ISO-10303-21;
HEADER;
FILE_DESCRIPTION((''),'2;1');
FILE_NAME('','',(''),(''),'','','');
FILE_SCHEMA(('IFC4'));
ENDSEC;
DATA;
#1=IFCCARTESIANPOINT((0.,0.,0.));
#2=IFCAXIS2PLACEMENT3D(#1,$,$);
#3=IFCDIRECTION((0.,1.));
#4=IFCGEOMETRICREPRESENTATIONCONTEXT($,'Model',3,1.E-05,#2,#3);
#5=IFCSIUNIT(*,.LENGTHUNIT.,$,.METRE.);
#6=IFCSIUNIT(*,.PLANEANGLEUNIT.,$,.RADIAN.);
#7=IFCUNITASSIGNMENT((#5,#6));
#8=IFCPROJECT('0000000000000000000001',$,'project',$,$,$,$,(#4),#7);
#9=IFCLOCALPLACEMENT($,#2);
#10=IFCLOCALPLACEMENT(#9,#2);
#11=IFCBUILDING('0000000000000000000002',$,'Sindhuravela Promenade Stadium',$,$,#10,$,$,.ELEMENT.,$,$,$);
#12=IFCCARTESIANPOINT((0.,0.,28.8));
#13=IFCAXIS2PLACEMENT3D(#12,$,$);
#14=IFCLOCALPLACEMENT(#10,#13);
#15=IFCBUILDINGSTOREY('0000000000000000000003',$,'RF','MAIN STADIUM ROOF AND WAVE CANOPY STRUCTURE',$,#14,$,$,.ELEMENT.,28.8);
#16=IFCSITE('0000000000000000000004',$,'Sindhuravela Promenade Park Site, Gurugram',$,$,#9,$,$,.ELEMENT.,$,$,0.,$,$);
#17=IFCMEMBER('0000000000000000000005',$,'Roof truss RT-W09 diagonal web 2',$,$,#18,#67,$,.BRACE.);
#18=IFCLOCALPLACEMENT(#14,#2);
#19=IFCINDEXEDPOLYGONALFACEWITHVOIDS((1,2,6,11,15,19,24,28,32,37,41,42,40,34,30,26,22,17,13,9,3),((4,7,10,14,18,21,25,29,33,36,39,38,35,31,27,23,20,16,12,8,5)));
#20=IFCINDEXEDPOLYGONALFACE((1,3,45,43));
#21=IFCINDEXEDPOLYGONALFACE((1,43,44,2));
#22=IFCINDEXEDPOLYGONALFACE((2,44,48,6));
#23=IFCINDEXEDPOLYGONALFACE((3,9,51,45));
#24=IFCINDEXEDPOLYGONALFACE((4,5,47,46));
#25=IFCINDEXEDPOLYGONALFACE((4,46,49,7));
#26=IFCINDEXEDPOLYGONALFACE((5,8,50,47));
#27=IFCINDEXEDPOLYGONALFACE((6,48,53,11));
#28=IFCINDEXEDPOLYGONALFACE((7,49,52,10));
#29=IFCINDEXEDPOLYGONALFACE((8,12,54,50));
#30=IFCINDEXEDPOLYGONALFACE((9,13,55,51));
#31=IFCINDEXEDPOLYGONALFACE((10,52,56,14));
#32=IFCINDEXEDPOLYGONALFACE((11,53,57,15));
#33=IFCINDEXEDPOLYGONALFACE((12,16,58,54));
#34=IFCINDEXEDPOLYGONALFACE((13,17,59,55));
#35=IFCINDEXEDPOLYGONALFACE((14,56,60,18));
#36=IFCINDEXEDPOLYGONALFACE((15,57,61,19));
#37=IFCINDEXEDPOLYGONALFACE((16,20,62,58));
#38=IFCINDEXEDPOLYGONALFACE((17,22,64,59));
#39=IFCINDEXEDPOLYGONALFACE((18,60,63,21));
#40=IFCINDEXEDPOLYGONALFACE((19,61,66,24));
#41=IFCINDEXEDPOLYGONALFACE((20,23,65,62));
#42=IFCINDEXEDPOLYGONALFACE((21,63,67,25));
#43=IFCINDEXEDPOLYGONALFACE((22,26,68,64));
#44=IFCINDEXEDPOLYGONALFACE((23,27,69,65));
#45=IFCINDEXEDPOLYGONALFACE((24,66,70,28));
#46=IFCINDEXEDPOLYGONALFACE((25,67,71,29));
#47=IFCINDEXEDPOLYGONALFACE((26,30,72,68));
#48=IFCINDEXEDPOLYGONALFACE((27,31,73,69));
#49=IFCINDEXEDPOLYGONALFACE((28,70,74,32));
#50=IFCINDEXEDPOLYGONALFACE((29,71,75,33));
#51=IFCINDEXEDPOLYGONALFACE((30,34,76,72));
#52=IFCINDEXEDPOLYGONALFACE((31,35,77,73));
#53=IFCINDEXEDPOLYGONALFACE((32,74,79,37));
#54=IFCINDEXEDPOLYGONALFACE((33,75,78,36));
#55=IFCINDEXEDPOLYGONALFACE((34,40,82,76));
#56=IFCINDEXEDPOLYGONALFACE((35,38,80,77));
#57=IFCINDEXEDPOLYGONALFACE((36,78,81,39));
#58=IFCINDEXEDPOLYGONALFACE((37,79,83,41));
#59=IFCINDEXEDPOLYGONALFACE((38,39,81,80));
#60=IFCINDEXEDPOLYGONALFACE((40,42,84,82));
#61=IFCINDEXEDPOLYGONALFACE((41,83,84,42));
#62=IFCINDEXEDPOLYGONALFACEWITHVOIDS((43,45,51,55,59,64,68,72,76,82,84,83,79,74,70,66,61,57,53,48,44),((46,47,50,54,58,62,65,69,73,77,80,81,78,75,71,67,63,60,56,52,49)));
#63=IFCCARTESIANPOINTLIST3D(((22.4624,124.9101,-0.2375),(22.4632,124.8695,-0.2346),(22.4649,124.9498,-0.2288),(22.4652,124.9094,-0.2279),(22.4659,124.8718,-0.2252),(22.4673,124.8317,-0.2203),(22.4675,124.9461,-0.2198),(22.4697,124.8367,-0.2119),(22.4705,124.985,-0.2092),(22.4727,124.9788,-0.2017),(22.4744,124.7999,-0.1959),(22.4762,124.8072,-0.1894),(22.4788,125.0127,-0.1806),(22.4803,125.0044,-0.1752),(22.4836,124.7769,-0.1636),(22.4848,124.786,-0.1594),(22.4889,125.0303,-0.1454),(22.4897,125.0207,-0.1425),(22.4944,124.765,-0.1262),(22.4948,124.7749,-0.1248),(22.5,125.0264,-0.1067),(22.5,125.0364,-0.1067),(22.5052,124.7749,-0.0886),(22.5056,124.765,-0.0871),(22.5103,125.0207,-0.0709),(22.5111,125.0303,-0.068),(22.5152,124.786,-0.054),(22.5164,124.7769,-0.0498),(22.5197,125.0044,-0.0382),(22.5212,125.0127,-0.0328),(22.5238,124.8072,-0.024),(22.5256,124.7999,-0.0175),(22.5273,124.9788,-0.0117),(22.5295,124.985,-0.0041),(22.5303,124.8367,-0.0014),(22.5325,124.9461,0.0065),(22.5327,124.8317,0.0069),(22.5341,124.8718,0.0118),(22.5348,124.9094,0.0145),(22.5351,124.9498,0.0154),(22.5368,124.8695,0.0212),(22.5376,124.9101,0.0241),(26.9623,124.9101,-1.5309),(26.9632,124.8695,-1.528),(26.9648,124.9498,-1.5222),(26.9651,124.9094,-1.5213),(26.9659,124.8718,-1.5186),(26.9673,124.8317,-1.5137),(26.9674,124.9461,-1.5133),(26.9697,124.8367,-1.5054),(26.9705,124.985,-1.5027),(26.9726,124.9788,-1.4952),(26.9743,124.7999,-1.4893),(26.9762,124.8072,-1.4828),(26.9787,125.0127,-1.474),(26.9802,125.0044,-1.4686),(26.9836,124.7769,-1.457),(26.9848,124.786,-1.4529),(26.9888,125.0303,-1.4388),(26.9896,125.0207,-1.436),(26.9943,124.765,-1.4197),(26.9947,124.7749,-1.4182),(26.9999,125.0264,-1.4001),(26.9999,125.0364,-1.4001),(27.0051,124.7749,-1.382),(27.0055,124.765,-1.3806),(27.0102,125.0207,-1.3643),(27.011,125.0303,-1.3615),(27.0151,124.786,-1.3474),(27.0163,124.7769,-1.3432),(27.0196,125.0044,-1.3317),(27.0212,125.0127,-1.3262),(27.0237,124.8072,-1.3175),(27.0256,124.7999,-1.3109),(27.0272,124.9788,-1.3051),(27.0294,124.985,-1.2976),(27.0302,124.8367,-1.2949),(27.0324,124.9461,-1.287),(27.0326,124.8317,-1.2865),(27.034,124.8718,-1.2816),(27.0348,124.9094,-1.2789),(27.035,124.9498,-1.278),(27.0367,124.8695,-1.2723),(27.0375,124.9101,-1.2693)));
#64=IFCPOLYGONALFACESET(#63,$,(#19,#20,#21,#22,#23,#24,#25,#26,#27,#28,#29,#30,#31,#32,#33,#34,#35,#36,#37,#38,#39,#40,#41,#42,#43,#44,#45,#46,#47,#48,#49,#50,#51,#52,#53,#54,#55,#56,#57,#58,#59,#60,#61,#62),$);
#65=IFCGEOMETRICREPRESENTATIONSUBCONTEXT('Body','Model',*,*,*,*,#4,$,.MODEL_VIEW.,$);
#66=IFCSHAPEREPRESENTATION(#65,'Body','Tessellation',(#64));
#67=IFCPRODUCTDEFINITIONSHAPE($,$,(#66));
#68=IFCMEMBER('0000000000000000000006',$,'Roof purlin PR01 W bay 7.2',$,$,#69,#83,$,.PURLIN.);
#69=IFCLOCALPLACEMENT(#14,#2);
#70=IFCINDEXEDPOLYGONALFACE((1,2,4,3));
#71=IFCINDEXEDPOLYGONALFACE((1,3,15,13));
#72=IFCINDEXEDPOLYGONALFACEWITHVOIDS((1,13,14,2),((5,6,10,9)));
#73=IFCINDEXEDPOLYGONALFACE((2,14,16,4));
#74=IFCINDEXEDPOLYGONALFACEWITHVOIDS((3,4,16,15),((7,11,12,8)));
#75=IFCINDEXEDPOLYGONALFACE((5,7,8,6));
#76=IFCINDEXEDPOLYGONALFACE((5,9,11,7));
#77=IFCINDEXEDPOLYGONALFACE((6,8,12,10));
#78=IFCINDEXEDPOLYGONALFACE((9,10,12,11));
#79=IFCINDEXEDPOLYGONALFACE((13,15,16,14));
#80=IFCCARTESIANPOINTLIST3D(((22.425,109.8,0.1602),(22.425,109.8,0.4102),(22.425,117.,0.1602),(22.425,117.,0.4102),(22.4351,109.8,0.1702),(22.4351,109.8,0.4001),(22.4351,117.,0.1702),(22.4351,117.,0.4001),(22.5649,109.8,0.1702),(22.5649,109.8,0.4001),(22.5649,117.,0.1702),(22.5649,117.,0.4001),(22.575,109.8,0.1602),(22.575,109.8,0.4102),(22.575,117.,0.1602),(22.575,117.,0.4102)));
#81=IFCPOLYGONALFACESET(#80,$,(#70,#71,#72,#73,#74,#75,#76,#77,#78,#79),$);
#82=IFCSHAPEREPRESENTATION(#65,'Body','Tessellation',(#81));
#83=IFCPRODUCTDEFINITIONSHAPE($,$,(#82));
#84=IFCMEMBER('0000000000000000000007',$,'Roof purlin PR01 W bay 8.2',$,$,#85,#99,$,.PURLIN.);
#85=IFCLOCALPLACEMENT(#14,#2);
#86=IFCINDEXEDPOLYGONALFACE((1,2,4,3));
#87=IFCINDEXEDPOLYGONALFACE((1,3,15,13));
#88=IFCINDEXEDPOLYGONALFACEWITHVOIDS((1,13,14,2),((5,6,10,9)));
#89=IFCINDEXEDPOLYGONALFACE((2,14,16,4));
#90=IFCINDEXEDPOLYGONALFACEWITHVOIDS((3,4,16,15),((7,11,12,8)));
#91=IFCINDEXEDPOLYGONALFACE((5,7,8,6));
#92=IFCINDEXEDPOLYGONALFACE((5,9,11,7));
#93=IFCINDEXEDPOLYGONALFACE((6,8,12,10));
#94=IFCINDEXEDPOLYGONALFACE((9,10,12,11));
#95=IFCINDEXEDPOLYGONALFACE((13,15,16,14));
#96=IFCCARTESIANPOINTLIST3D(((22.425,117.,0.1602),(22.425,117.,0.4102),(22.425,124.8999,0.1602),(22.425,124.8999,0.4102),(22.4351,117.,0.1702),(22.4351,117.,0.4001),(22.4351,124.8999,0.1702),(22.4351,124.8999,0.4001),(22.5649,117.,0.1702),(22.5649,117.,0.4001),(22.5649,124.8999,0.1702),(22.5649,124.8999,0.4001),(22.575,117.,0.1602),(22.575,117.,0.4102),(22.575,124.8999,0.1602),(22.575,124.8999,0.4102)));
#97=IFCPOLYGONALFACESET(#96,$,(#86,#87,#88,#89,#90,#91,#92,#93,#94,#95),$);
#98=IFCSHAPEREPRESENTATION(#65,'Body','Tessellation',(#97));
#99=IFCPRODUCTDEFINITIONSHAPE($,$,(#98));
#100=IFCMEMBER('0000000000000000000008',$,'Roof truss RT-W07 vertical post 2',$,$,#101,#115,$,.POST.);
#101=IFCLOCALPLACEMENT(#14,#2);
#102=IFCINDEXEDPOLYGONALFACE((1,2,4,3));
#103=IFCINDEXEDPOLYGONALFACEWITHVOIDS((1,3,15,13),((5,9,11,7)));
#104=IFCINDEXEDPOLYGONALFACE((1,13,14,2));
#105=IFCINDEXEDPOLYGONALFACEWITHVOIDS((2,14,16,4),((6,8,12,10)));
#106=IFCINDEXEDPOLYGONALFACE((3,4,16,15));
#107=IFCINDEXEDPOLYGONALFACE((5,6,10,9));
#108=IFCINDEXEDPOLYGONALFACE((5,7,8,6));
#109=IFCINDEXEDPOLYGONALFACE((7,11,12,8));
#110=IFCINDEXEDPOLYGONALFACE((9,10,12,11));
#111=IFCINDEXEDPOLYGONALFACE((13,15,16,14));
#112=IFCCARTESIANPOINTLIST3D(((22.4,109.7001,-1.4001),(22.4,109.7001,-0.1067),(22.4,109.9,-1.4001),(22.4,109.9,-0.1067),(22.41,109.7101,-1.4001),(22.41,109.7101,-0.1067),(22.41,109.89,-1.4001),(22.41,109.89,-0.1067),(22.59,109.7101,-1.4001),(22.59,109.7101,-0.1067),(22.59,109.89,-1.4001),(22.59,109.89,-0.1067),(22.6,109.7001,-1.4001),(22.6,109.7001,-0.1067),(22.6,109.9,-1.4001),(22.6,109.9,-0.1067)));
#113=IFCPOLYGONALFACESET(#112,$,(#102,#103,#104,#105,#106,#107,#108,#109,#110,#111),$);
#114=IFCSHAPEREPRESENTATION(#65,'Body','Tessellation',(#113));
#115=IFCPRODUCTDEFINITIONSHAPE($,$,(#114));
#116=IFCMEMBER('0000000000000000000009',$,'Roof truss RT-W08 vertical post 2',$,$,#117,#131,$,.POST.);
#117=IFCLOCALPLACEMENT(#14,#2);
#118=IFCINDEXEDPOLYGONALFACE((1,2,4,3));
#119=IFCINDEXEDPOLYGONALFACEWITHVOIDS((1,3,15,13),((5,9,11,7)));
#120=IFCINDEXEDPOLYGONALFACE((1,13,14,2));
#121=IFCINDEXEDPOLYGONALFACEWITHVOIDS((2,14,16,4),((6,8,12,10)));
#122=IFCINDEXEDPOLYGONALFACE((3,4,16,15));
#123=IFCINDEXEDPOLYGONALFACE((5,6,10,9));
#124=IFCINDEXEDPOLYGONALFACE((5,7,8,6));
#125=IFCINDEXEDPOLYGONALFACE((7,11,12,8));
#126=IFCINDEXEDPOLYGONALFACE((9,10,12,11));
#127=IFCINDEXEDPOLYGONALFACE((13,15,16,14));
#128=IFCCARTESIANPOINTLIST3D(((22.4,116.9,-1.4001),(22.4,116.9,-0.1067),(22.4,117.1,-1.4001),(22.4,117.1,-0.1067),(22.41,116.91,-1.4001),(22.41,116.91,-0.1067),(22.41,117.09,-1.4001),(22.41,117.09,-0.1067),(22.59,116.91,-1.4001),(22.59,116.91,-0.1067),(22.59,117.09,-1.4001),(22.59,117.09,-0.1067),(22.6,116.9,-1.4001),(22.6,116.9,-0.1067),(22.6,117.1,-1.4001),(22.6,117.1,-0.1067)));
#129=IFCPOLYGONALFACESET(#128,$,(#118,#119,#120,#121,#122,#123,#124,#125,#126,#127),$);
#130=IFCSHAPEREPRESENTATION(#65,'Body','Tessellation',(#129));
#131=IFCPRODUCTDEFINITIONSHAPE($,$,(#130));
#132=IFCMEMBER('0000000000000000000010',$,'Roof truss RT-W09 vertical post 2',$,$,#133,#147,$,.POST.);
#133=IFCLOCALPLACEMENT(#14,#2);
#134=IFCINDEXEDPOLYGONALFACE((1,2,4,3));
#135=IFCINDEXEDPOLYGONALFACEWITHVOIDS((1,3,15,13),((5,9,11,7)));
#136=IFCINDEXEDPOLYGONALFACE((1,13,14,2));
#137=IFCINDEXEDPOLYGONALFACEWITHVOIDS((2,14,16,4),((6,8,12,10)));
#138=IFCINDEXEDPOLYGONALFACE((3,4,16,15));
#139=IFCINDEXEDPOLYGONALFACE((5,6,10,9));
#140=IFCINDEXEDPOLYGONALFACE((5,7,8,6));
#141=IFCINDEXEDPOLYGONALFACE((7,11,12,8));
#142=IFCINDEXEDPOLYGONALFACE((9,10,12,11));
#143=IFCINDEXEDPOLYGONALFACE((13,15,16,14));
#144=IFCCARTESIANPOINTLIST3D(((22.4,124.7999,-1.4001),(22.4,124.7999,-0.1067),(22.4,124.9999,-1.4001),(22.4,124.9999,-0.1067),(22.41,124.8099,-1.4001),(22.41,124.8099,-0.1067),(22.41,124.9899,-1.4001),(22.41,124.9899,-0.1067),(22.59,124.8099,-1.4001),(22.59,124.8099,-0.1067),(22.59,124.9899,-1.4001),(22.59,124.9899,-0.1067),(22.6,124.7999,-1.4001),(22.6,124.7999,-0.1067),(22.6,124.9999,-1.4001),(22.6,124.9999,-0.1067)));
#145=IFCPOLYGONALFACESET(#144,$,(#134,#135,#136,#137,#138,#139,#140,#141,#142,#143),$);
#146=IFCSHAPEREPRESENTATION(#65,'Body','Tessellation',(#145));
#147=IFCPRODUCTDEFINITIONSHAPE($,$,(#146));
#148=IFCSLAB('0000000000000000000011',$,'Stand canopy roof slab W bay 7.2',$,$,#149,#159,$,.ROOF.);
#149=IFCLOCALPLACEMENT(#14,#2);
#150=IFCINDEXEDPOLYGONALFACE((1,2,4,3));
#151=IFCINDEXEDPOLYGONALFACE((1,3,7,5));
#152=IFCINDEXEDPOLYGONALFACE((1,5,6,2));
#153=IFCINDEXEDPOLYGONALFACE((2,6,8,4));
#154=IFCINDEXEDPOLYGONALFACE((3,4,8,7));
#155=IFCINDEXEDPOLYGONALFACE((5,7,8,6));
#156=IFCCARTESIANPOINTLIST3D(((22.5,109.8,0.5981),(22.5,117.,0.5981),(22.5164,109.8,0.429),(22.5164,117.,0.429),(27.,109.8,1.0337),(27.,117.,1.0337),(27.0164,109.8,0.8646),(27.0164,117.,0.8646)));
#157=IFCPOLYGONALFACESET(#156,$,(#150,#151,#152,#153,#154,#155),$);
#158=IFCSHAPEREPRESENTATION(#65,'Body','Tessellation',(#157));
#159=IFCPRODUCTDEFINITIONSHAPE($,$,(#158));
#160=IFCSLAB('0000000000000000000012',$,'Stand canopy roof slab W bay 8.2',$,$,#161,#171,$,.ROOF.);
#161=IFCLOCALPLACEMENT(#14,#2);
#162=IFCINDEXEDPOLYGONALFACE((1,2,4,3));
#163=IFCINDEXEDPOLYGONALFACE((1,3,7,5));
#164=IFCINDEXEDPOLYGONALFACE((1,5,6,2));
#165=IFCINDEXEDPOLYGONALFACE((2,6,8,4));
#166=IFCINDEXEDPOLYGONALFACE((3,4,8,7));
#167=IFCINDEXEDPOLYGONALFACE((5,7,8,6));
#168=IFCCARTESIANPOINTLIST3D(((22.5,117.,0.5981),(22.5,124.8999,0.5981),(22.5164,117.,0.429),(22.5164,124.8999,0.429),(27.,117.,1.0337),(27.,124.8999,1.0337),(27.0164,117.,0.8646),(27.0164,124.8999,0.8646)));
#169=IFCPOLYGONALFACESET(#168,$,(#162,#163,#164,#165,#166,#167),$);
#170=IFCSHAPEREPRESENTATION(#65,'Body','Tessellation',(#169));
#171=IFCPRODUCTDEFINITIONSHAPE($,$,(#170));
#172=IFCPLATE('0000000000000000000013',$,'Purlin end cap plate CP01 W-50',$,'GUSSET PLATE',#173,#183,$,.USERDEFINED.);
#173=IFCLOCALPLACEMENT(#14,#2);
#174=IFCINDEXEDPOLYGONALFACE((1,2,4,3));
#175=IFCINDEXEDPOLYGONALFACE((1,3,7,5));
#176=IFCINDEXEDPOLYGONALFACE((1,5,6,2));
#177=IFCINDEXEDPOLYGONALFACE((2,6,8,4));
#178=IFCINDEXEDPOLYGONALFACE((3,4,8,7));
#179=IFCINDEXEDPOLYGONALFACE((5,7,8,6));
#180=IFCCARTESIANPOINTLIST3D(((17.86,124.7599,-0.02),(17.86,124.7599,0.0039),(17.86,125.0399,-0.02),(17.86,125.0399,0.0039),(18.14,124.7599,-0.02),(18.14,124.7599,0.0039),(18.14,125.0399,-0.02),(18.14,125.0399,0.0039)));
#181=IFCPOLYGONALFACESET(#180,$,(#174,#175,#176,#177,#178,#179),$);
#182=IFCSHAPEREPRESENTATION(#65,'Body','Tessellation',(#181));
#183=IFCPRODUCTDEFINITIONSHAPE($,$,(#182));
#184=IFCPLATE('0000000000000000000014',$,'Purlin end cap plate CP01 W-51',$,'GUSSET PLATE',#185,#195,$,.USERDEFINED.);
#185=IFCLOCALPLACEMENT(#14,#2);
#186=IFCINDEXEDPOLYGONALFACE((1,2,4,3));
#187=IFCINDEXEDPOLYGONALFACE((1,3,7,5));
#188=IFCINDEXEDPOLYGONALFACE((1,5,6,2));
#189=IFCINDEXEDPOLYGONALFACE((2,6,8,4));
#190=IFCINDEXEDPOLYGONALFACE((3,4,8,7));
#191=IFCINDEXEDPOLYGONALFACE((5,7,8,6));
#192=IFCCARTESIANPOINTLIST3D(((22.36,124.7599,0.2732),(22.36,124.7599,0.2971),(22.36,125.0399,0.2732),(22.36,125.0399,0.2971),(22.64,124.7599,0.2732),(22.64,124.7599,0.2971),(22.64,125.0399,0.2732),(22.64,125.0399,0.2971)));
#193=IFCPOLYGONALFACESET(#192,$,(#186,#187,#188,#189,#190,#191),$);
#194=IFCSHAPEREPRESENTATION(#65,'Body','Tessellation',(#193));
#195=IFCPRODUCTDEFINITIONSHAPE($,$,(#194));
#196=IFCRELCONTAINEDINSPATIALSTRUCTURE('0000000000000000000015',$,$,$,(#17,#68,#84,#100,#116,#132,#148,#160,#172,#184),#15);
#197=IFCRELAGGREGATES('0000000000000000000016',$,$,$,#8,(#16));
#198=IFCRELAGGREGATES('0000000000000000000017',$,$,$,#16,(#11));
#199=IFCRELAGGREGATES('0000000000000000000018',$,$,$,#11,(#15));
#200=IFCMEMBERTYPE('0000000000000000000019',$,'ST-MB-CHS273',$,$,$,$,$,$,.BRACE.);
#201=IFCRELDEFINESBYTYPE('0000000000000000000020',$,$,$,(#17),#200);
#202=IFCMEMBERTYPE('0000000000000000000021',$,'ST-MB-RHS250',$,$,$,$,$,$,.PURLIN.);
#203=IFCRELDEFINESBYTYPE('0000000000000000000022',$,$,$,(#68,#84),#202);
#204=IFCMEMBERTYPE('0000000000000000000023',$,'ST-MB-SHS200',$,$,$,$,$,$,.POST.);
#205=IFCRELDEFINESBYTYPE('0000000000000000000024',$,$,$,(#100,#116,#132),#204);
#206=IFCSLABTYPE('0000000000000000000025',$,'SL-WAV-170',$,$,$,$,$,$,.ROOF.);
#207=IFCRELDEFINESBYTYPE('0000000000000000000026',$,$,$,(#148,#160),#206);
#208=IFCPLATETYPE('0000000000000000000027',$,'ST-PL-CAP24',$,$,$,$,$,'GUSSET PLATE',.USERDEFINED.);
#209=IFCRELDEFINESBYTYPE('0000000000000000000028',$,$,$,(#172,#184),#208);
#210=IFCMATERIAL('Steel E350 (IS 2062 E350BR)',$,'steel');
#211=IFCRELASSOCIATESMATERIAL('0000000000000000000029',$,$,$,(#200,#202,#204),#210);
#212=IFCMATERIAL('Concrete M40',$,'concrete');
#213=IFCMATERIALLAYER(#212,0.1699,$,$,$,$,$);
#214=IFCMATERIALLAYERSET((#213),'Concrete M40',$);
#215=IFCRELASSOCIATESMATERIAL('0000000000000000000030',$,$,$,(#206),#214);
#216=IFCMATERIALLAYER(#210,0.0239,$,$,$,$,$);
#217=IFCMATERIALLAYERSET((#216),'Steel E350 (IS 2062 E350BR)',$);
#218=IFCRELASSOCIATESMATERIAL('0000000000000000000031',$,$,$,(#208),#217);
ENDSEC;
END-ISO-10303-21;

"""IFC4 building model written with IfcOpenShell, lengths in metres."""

from ifc_helpers import new_model, si_unit, direction, frame, origin, origin_2d, place, context, subcontext, project, spatial, polyline, rectangle, hollow_rectangle, hollow_circle, outline, extrude, material, layer, layer_set, material_profile, profile_set, type_object, element, save


model = new_model("IFC4")

# Units and contexts
model_context = context("Model", 3, precision=1e-05, world=origin(), true_north=direction((0.0, 1.0)))
body_context = subcontext(model_context, "Body", "Model", "MODEL_VIEW")
ifc_project = project(units=[si_unit("LENGTHUNIT", "METRE"), si_unit("PLANEANGLEUNIT", "RADIAN")], contexts=[model_context])

# Site, building, storey
site_placement = place(None, origin())
site = spatial("IfcSite", under=ifc_project, at=site_placement, Name="Sindhuravela Promenade Park Site, Gurugram", CompositionType="ELEMENT", RefElevation=0.0)
building_placement = place(site_placement, origin())
building = spatial("IfcBuilding", under=site, at=building_placement, Name="Sindhuravela Promenade Stadium", CompositionType="ELEMENT")
storey_placement = place(building_placement, frame((0.0, 0.0, 28.8)))
storey = spatial("IfcBuildingStorey", under=building, at=storey_placement, Name="RF", Description="MAIN STADIUM ROOF AND WAVE CANOPY STRUCTURE", CompositionType="ELEMENT", Elevation=28.8)

# Shared definitions
ifc_material_1 = material(Name="Steel E350 (IS 2062 E350BR)", Category="steel")

# Members
ifc_material_profile_1 = material_profile(ifc_material_1, hollow_circle(Radius=0.1365, WallThickness=0.01, at=origin_2d()), Name="CHS 273.0x10")
ifc_profile_set_1 = profile_set([ifc_material_profile_1], Name="Steel E350 (IS 2062 E350BR)")
member_type_1 = type_object("IfcMemberType", Name="ST-MB-CHS273", PredefinedType="BRACE", material=ifc_profile_set_1)
for number, where, z_axis, x_axis, name in (
    (1, (22.5, 124.8999, -0.1067), (0.961086, 0.0, -0.27625), (0.0, 1.0, 0.0), "Roof truss RT-W09 diagonal web 2"),
):
    element("IfcMember", number, at=place(storey_placement, frame(where, z_axis=z_axis, x_axis=x_axis)), inside=storey, type_object=member_type_1, Name=name, PredefinedType="BRACE", context=body_context, shape_type="SweptSolid", body=[
        extrude(hollow_circle(Radius=0.1365, WallThickness=0.01, at=origin_2d()), origin(), (0.0, 0.0, 1.0), 4.6821),
    ])
ifc_material_profile_2 = material_profile(ifc_material_1, hollow_rectangle(XDim=0.1499, YDim=0.25, WallThickness=0.01, at=origin_2d()), Name="RHS 250x150x10")
ifc_profile_set_2 = profile_set([ifc_material_profile_2], Name="Steel E350 (IS 2062 E350BR)")
member_type_2 = type_object("IfcMemberType", Name="ST-MB-RHS250", PredefinedType="PURLIN", material=ifc_profile_set_2)
member_1_placement = place(storey_placement, frame((22.5, 109.8, 0.2852), z_axis=(0.0, 1.0, 0.0), x_axis=(-1.0, 0.0, 0.0)))
element("IfcMember", 2, at=member_1_placement, inside=storey, type_object=member_type_2, Name="Roof purlin PR01 W bay 7.2", PredefinedType="PURLIN", context=body_context, shape_type="SweptSolid", body=[
    extrude(hollow_rectangle(XDim=0.1499, YDim=0.25, WallThickness=0.01, at=origin_2d()), origin(), (0.0, 0.0, 1.0), 7.2),
])
member_2_placement = place(storey_placement, frame((22.5, 117.0, 0.2852), z_axis=(0.0, 1.0, 0.0), x_axis=(-1.0, 0.0, 0.0)))
element("IfcMember", 3, at=member_2_placement, inside=storey, type_object=member_type_2, Name="Roof purlin PR01 W bay 8.2", PredefinedType="PURLIN", context=body_context, shape_type="SweptSolid", body=[
    extrude(hollow_rectangle(XDim=0.1499, YDim=0.25, WallThickness=0.01, at=origin_2d()), origin(), (0.0, 0.0, 1.0), 7.8999),
])
ifc_material_profile_3 = material_profile(ifc_material_1, hollow_rectangle(XDim=0.2, YDim=0.2, WallThickness=0.01, at=origin_2d()), Name="SHS 200x200x10")
ifc_profile_set_3 = profile_set([ifc_material_profile_3], Name="Steel E350 (IS 2062 E350BR)")
member_type_3 = type_object("IfcMemberType", Name="ST-MB-SHS200", PredefinedType="POST", material=ifc_profile_set_3)
for number, where, z_axis, x_axis, name in (
    (4, (22.5, 109.8, -1.4001), (0.0, 0.0, 1.0), (1.0, 0.0, 0.0), "Roof truss RT-W07 vertical post 2"),
    (5, (22.5, 117.0, -1.4001), (0.0, 0.0, 1.0), (1.0, 0.0, 0.0), "Roof truss RT-W08 vertical post 2"),
    (6, (22.5, 124.8999, -1.4001), (0.0, 0.0, 1.0), (1.0, 0.0, 0.0), "Roof truss RT-W09 vertical post 2"),
):
    element("IfcMember", number, at=place(storey_placement, frame(where, z_axis=z_axis, x_axis=x_axis)), inside=storey, type_object=member_type_3, Name=name, PredefinedType="POST", context=body_context, shape_type="SweptSolid", body=[
        extrude(hollow_rectangle(XDim=0.2, YDim=0.2, WallThickness=0.01, at=origin_2d()), origin(), (0.0, 0.0, 1.0), 1.2935),
    ])

# Slabs
ifc_material_2 = material(Name="Concrete M40", Category="concrete")
ifc_layer_1 = layer(ifc_material_2, 0.1699)
ifc_layer_set_1 = layer_set([ifc_layer_1], Name="Concrete M40")
slab_type = type_object("IfcSlabType", Name="SL-WAV-170", PredefinedType="ROOF", material=ifc_layer_set_1)
slab_1_placement = place(storey_placement, frame((22.5, 109.8, 0.5981), z_axis=(-0.096338, 0.0, 0.995349), x_axis=(0.0, 1.0, 0.0)))
element("IfcSlab", 7, at=slab_1_placement, inside=storey, type_object=slab_type, Name="Stand canopy roof slab W bay 7.2", PredefinedType="ROOF", context=body_context, shape_type="SweptSolid", body=[
    extrude(outline(polyline([(0.0, 0.0), (0.0, -4.521), (7.2, -4.521), (7.2, 0.0), (0.0, 0.0)])), origin(), (0.0, 0.0, -1.0), 0.1699),
])
slab_2_placement = place(storey_placement, frame((22.5, 117.0, 0.5981), z_axis=(-0.096338, 0.0, 0.995349), x_axis=(0.0, 1.0, 0.0)))
element("IfcSlab", 8, at=slab_2_placement, inside=storey, type_object=slab_type, Name="Stand canopy roof slab W bay 8.2", PredefinedType="ROOF", context=body_context, shape_type="SweptSolid", body=[
    extrude(outline(polyline([(0.0, 0.0), (0.0, -4.521), (7.8999, -4.521), (7.8999, 0.0), (0.0, 0.0)])), origin(), (0.0, 0.0, -1.0), 0.1699),
])

# Plates
ifc_layer_2 = layer(ifc_material_1, 0.0239)
ifc_layer_set_2 = layer_set([ifc_layer_2], Name="Steel E350 (IS 2062 E350BR)")
plate_type = type_object("IfcPlateType", Name="ST-PL-CAP24", ElementType="GUSSET PLATE", PredefinedType="USERDEFINED", material=ifc_layer_set_2)
for number, where, z_axis, x_axis, name in (
    (9, (18.0, 124.8999, -0.02), (0.0, 0.0, 1.0), (1.0, 0.0, 0.0), "Purlin end cap plate CP01 W-50"),
    (10, (22.5, 124.8999, 0.2732), (0.0, 0.0, 1.0), (1.0, 0.0, 0.0), "Purlin end cap plate CP01 W-51"),
):
    element("IfcPlate", number, at=place(storey_placement, frame(where, z_axis=z_axis, x_axis=x_axis)), inside=storey, type_object=plate_type, Name=name, ObjectType="GUSSET PLATE", PredefinedType="USERDEFINED", context=body_context, shape_type="SweptSolid", body=[
        extrude(rectangle(XDim=0.28, YDim=0.28, at=origin_2d()), origin(), (0.0, 0.0, 1.0), 0.0239),
    ])

save(model, "model.ifc")
